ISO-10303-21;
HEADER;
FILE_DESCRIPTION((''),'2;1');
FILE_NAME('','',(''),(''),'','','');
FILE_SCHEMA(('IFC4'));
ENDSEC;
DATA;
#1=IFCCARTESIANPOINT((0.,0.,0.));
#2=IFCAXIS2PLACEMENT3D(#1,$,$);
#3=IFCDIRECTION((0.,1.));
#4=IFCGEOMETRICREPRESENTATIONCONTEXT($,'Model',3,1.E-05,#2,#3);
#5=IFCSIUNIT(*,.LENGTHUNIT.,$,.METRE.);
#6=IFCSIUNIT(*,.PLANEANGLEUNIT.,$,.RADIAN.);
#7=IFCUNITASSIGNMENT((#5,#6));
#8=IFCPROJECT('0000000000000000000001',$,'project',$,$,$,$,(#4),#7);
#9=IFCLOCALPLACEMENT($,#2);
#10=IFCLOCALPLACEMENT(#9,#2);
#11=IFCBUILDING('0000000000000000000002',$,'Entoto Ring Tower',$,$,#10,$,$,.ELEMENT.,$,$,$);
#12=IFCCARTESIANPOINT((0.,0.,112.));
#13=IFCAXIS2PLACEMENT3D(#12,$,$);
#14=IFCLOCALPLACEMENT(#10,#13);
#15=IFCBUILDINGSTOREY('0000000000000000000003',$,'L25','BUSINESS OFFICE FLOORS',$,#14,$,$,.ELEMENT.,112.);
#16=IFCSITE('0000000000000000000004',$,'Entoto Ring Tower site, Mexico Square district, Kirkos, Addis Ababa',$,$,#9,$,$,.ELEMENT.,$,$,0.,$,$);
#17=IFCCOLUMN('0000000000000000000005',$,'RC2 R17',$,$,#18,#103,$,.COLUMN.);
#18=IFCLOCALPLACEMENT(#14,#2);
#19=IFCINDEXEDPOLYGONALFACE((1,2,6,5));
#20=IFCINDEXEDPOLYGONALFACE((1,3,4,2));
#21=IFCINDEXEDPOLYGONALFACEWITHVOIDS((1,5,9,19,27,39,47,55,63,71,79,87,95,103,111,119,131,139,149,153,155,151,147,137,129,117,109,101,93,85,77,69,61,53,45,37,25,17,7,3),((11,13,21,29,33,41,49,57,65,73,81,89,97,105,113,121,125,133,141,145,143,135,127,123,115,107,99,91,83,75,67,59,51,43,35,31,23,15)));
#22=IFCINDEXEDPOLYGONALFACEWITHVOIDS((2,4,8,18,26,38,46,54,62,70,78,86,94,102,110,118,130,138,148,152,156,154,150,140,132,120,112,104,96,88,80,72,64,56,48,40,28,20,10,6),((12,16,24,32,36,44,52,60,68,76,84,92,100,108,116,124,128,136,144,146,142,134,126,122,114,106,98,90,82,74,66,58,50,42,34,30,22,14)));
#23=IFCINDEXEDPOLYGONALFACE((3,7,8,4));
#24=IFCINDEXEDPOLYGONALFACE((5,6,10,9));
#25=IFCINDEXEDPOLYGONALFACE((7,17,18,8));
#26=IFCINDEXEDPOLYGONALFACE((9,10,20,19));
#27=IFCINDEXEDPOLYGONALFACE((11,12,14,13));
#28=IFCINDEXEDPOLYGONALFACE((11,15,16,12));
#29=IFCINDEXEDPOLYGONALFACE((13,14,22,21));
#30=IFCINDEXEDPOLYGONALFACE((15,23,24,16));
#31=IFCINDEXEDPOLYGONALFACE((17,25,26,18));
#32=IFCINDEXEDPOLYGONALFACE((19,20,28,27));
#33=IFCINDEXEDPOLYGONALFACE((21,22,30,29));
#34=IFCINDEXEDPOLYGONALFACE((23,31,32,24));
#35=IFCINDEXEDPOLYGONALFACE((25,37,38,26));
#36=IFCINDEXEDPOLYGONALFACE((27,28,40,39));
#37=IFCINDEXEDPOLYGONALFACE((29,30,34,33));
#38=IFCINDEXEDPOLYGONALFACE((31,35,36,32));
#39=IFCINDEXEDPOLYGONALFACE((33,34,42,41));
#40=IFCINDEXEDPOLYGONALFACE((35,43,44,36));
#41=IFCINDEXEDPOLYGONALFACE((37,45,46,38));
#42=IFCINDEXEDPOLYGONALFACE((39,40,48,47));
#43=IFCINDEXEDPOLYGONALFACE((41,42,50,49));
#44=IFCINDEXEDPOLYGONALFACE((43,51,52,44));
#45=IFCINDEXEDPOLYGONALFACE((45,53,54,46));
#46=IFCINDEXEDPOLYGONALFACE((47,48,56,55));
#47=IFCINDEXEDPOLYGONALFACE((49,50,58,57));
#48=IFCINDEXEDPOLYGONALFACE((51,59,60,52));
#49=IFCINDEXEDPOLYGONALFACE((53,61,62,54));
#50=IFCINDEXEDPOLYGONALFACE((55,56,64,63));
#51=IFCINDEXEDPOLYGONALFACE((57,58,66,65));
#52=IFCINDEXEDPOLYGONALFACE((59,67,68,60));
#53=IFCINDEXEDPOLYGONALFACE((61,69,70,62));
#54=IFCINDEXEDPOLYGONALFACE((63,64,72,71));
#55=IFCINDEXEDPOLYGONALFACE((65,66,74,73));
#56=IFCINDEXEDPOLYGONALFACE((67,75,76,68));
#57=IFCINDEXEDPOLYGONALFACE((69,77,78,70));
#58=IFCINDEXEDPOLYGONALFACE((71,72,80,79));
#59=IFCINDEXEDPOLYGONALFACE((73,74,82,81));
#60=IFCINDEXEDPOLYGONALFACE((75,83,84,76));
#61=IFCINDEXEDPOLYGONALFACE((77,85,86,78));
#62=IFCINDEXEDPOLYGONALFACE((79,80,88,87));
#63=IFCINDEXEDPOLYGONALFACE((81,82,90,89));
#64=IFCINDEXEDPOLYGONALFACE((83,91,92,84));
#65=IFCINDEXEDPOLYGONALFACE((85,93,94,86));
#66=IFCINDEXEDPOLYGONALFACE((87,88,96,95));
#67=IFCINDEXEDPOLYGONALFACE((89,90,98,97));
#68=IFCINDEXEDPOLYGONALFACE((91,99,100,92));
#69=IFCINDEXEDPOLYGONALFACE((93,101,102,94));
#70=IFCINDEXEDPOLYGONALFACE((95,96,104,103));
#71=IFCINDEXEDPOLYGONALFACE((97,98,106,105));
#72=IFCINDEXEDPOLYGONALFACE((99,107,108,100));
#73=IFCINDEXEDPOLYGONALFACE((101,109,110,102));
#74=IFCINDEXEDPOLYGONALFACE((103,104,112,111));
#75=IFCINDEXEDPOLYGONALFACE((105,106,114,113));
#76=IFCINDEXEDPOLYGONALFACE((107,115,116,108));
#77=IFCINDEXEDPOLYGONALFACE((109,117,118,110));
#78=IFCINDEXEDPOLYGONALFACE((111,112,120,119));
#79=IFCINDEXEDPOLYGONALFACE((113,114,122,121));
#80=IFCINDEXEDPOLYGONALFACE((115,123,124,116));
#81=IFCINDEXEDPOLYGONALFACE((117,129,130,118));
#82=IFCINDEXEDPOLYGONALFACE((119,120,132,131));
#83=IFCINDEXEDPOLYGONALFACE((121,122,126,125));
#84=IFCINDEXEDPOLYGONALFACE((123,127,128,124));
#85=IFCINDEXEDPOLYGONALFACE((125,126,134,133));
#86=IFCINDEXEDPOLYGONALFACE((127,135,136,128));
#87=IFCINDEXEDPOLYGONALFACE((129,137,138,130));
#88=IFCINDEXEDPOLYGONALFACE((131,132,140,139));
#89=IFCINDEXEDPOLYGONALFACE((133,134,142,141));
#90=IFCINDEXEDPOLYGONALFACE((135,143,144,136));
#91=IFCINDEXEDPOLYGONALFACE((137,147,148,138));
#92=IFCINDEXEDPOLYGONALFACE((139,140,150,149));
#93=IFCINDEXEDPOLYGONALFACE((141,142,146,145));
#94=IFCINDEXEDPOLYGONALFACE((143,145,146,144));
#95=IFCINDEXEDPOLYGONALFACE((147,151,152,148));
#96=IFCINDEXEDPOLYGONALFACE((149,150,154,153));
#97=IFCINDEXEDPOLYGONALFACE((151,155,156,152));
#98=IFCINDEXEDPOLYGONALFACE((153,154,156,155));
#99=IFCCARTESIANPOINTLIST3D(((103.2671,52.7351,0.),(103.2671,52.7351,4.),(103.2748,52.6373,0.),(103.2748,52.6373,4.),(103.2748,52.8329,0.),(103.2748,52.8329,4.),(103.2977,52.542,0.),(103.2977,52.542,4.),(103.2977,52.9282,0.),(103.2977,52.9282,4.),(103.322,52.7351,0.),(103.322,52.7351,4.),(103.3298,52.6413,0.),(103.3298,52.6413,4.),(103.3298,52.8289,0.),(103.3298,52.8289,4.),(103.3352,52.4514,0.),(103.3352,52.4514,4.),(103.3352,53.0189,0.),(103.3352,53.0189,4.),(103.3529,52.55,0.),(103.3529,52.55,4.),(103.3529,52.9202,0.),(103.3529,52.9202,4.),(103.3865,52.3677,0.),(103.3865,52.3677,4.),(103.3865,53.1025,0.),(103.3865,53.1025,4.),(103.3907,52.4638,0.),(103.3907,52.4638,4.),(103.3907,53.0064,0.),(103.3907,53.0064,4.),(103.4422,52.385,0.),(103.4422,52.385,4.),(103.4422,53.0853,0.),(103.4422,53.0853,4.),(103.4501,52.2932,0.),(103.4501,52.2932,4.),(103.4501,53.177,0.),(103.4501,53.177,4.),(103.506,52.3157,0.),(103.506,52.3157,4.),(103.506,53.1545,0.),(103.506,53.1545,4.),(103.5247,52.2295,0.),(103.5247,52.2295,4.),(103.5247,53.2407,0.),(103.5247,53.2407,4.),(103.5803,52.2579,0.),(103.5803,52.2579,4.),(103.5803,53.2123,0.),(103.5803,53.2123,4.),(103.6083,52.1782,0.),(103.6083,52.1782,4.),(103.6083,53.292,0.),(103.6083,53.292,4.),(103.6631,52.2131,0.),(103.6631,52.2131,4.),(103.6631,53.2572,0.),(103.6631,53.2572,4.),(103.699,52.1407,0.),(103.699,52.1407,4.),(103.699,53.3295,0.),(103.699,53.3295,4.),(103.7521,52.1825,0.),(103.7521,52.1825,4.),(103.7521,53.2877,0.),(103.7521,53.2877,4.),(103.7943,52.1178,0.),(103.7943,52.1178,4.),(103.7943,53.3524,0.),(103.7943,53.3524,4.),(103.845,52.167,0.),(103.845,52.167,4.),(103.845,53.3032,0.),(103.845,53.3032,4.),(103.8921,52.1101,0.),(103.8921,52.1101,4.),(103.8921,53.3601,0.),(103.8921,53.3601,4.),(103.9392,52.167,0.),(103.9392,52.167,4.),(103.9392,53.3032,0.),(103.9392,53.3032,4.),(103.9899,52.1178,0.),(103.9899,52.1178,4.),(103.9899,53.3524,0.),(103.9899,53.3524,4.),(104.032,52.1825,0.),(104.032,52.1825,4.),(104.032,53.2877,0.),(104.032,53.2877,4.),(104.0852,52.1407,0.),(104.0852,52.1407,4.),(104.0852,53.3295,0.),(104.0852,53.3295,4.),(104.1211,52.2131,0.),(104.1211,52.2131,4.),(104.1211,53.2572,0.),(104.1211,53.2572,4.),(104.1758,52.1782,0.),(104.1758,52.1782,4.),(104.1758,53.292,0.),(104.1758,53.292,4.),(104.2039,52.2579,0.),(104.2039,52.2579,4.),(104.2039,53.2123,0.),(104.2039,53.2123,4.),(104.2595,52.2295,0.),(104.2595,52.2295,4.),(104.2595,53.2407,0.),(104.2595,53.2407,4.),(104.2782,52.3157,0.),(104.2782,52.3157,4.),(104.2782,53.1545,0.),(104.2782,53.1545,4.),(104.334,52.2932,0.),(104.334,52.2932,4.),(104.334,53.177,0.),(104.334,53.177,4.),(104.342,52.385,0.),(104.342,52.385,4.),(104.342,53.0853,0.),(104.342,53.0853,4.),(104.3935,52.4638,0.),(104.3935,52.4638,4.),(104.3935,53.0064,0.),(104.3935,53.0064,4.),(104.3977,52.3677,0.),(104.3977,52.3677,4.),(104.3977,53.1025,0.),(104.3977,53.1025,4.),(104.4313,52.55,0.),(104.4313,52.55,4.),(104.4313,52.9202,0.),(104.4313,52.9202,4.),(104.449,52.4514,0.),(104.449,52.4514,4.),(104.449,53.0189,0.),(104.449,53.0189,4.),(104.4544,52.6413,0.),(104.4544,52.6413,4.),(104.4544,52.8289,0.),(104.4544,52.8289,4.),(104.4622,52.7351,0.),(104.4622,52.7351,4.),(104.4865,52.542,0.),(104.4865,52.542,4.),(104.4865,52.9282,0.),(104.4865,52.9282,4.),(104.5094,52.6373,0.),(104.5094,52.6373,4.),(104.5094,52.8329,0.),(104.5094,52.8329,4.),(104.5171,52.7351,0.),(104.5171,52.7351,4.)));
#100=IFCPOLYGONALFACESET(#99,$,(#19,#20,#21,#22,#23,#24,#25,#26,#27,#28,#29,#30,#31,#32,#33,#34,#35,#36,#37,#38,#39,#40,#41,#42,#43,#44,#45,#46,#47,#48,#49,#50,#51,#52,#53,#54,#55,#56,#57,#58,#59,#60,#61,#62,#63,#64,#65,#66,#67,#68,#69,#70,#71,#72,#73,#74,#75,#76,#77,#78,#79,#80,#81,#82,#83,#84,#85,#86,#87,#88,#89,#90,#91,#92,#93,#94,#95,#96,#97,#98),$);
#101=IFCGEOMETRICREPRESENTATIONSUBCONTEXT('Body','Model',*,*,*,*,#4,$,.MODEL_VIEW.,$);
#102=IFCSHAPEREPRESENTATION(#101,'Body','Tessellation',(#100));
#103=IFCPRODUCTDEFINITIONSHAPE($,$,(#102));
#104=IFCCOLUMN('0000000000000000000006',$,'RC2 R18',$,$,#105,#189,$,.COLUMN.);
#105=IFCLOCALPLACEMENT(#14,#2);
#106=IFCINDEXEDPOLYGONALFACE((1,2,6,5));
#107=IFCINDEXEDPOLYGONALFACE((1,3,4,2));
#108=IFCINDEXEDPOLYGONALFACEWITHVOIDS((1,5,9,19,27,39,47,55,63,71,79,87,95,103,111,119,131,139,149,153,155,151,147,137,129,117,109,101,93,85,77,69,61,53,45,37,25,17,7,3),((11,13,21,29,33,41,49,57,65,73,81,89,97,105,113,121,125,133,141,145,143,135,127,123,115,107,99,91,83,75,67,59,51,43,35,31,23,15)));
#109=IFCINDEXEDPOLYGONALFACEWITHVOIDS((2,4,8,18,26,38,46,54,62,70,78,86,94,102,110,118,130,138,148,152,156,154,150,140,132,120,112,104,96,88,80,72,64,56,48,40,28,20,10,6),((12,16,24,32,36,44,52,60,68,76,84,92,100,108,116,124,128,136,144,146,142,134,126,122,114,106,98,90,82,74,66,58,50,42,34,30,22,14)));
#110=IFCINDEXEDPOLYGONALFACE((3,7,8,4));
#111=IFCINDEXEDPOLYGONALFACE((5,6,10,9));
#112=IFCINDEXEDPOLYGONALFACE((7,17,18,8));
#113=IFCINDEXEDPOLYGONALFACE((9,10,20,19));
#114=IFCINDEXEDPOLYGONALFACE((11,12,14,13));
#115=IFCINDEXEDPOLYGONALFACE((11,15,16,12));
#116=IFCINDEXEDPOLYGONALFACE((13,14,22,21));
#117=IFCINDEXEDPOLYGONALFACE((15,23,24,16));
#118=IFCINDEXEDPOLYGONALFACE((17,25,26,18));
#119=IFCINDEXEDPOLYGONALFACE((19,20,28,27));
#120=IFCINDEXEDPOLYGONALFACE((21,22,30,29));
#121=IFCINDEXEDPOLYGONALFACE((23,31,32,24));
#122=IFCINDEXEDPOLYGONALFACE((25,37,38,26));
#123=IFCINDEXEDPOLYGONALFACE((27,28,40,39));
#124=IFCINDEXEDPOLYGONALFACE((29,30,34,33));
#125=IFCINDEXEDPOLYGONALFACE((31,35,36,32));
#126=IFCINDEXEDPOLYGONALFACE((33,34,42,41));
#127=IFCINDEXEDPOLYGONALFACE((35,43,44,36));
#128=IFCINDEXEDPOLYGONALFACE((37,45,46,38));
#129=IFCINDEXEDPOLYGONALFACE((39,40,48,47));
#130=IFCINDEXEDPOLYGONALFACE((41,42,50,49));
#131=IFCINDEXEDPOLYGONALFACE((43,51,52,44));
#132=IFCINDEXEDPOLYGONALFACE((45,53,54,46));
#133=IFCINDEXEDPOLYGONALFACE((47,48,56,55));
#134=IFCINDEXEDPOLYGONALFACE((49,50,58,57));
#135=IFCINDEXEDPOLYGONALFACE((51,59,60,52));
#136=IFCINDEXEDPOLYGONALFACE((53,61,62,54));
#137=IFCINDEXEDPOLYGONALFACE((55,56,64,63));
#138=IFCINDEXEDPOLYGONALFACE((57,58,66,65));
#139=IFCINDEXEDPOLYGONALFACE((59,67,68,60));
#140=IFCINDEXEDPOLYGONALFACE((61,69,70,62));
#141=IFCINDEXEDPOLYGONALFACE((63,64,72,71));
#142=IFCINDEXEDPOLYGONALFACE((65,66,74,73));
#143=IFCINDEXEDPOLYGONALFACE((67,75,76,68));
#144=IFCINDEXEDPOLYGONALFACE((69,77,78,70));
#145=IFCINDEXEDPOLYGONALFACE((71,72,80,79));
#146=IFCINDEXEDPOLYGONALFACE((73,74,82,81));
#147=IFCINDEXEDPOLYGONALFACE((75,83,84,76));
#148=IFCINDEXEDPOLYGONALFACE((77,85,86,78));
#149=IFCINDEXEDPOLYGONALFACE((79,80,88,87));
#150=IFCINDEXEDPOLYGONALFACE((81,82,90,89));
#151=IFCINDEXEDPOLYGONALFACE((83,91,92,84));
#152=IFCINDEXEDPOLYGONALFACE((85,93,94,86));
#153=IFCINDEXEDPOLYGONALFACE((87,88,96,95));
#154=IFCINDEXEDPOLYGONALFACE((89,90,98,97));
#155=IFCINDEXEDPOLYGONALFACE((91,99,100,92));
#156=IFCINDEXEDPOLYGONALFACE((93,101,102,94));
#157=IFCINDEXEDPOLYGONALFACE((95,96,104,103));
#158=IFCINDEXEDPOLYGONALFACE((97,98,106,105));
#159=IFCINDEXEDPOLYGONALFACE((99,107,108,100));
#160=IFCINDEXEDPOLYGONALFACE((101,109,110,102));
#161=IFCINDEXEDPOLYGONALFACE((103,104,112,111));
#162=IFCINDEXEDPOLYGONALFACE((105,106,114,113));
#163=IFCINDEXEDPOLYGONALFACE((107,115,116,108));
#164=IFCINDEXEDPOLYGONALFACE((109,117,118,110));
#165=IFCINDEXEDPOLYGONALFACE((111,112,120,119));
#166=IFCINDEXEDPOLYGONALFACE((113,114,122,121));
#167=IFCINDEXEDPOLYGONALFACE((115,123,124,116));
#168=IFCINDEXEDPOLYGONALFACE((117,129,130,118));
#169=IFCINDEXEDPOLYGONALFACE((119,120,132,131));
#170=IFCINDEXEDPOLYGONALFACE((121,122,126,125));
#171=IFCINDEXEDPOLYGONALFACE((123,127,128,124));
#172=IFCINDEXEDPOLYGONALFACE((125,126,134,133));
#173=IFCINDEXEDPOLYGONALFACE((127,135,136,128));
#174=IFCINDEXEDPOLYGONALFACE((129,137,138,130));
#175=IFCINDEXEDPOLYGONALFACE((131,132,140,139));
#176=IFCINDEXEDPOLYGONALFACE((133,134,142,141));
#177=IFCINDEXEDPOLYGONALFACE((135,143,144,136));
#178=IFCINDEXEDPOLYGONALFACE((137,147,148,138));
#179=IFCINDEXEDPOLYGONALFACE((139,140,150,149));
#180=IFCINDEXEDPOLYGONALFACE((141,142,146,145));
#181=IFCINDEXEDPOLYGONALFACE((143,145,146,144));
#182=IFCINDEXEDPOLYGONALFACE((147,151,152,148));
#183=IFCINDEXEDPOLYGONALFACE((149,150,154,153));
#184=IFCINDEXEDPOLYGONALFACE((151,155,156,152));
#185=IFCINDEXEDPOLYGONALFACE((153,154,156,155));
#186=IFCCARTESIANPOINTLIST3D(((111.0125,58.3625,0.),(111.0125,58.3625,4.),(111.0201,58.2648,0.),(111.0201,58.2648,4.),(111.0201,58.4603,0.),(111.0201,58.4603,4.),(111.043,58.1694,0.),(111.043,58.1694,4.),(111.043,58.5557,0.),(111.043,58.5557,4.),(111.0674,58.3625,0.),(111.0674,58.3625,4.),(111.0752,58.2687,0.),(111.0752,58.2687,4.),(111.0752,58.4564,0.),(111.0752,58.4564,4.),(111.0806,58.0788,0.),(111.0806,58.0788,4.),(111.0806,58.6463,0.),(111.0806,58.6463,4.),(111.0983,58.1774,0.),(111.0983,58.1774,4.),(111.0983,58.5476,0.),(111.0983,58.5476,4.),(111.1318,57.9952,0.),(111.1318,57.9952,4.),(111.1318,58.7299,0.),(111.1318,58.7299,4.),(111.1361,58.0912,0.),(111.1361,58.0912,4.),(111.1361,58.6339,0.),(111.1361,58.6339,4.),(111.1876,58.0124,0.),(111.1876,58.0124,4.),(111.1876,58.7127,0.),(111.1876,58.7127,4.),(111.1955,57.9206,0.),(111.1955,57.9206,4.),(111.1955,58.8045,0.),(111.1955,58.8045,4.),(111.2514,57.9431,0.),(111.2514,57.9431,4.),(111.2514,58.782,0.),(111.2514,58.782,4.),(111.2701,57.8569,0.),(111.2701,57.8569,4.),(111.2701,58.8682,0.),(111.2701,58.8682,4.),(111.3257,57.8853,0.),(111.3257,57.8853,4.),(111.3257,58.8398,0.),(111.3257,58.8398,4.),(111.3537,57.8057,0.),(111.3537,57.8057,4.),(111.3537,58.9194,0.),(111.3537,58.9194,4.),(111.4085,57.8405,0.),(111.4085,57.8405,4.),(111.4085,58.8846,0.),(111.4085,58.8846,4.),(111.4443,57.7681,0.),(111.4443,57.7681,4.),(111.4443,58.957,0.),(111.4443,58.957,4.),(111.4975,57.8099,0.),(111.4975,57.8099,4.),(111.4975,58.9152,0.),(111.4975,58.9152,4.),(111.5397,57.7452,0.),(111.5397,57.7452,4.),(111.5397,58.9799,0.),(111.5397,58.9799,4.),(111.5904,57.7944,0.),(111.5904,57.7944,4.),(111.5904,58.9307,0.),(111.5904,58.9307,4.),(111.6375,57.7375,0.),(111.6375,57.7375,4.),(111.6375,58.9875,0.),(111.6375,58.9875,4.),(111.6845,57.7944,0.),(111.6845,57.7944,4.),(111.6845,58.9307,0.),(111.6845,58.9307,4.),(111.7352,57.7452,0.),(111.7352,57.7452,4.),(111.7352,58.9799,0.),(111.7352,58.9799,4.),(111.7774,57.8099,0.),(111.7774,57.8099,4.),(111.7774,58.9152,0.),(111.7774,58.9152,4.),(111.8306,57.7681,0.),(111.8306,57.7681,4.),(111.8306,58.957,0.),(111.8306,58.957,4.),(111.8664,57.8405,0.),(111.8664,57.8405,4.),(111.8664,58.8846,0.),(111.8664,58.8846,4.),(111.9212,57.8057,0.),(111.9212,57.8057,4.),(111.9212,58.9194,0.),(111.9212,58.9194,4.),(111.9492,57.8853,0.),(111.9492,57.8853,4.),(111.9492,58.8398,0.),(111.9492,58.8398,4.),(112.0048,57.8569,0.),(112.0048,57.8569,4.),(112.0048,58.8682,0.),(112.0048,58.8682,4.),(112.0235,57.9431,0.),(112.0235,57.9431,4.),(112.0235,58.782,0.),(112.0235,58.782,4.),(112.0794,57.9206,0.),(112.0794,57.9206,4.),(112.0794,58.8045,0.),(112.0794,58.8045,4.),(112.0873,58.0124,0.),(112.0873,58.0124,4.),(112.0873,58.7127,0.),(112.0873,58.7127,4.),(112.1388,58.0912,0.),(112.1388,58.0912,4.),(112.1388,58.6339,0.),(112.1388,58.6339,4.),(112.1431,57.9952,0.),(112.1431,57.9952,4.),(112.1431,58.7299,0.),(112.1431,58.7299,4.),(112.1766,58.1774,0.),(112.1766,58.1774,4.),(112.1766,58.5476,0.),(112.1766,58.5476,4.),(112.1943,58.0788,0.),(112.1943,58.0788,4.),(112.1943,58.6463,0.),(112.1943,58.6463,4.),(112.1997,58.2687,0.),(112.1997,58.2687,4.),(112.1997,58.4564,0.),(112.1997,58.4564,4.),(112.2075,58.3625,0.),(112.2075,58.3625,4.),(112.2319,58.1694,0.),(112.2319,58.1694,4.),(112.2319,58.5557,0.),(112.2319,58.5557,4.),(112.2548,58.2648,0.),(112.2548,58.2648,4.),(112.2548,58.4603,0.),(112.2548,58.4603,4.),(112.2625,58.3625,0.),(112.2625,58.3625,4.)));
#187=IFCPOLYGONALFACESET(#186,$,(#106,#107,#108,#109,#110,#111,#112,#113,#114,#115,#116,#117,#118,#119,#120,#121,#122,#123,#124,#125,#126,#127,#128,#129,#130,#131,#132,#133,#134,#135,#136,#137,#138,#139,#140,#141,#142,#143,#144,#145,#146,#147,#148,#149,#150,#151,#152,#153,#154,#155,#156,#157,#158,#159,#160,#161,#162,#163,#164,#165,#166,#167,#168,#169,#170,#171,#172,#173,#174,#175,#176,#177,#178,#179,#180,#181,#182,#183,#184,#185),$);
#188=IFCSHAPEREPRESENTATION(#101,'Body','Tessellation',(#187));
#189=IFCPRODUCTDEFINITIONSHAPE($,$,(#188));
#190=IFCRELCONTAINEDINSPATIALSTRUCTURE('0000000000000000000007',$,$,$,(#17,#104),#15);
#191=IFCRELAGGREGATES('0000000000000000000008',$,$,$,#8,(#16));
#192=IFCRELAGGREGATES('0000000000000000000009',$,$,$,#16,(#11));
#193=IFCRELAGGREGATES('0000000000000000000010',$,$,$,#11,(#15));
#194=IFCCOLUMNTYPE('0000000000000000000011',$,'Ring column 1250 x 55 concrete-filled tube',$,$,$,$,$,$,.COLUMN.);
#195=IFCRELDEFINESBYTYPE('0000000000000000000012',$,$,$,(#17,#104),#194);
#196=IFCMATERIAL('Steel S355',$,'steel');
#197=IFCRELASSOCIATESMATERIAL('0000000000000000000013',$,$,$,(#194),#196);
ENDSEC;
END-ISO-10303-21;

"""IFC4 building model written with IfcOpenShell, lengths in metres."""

from ifc_helpers import new_model, si_unit, direction, frame, origin, origin_2d, place, context, subcontext, project, spatial, circle, hollow_circle, extrude, material, material_profile, profile_set, type_object, element, save


model = new_model("IFC4")

# Units and contexts
model_context = context("Model", 3, precision=1e-05, world=origin(), true_north=direction((0.0, 1.0)))
body_context = subcontext(model_context, "Body", "Model", "MODEL_VIEW")
ifc_project = project(units=[si_unit("LENGTHUNIT", "METRE"), si_unit("PLANEANGLEUNIT", "RADIAN")], contexts=[model_context])

# Site, building, storey
site_placement = place(None, origin())
site = spatial("IfcSite", under=ifc_project, at=site_placement, Name="Entoto Ring Tower site, Mexico Square district, Kirkos, Addis Ababa", CompositionType="ELEMENT", RefElevation=0.0)
building_placement = place(site_placement, origin())
building = spatial("IfcBuilding", under=site, at=building_placement, Name="Entoto Ring Tower", CompositionType="ELEMENT")
storey_placement = place(building_placement, frame((0.0, 0.0, 112.0)))
storey = spatial("IfcBuildingStorey", under=building, at=storey_placement, Name="L25", Description="BUSINESS OFFICE FLOORS", CompositionType="ELEMENT", Elevation=112.0)

# Columns
ifc_material_1 = material(Name="Steel S355", Category="steel")
ifc_material_profile_1 = material_profile(ifc_material_1, hollow_circle(Radius=0.625, WallThickness=0.0549, at=origin_2d()), Name="CHS 1250 x 55")
ifc_material_2 = material(Name="Concrete C60/75", Category="concrete")
ifc_material_profile_2 = material_profile(ifc_material_2, circle(Radius=0.5701, at=origin_2d()), Name="Concrete C60/75 infill")
ifc_profile_set_1 = profile_set([ifc_material_profile_1, ifc_material_profile_2], Name="Steel S355")
column_type = type_object("IfcColumnType", Name="Ring column 1250 x 55 concrete-filled tube", PredefinedType="COLUMN", material=ifc_profile_set_1)
for number, where, z_axis, x_axis, name in (
    (1, (103.8921, 52.7351, 0.0), (0.0, 0.0, 1.0), (1.0, 0.0, 0.0), "RC2 R17"),
    (2, (111.6375, 58.3625, 0.0), (0.0, 0.0, 1.0), (1.0, 0.0, 0.0), "RC2 R18"),
):
    element("IfcColumn", number, at=place(storey_placement, frame(where, z_axis=z_axis, x_axis=x_axis)), inside=storey, type_object=column_type, Name=name, PredefinedType="COLUMN", context=body_context, shape_type="SweptSolid", body=[
        extrude(hollow_circle(Radius=0.625, WallThickness=0.0549, at=origin_2d()), origin(), (0.0, 0.0, 1.0), 4.0),
    ])

save(model, "model.ifc")
